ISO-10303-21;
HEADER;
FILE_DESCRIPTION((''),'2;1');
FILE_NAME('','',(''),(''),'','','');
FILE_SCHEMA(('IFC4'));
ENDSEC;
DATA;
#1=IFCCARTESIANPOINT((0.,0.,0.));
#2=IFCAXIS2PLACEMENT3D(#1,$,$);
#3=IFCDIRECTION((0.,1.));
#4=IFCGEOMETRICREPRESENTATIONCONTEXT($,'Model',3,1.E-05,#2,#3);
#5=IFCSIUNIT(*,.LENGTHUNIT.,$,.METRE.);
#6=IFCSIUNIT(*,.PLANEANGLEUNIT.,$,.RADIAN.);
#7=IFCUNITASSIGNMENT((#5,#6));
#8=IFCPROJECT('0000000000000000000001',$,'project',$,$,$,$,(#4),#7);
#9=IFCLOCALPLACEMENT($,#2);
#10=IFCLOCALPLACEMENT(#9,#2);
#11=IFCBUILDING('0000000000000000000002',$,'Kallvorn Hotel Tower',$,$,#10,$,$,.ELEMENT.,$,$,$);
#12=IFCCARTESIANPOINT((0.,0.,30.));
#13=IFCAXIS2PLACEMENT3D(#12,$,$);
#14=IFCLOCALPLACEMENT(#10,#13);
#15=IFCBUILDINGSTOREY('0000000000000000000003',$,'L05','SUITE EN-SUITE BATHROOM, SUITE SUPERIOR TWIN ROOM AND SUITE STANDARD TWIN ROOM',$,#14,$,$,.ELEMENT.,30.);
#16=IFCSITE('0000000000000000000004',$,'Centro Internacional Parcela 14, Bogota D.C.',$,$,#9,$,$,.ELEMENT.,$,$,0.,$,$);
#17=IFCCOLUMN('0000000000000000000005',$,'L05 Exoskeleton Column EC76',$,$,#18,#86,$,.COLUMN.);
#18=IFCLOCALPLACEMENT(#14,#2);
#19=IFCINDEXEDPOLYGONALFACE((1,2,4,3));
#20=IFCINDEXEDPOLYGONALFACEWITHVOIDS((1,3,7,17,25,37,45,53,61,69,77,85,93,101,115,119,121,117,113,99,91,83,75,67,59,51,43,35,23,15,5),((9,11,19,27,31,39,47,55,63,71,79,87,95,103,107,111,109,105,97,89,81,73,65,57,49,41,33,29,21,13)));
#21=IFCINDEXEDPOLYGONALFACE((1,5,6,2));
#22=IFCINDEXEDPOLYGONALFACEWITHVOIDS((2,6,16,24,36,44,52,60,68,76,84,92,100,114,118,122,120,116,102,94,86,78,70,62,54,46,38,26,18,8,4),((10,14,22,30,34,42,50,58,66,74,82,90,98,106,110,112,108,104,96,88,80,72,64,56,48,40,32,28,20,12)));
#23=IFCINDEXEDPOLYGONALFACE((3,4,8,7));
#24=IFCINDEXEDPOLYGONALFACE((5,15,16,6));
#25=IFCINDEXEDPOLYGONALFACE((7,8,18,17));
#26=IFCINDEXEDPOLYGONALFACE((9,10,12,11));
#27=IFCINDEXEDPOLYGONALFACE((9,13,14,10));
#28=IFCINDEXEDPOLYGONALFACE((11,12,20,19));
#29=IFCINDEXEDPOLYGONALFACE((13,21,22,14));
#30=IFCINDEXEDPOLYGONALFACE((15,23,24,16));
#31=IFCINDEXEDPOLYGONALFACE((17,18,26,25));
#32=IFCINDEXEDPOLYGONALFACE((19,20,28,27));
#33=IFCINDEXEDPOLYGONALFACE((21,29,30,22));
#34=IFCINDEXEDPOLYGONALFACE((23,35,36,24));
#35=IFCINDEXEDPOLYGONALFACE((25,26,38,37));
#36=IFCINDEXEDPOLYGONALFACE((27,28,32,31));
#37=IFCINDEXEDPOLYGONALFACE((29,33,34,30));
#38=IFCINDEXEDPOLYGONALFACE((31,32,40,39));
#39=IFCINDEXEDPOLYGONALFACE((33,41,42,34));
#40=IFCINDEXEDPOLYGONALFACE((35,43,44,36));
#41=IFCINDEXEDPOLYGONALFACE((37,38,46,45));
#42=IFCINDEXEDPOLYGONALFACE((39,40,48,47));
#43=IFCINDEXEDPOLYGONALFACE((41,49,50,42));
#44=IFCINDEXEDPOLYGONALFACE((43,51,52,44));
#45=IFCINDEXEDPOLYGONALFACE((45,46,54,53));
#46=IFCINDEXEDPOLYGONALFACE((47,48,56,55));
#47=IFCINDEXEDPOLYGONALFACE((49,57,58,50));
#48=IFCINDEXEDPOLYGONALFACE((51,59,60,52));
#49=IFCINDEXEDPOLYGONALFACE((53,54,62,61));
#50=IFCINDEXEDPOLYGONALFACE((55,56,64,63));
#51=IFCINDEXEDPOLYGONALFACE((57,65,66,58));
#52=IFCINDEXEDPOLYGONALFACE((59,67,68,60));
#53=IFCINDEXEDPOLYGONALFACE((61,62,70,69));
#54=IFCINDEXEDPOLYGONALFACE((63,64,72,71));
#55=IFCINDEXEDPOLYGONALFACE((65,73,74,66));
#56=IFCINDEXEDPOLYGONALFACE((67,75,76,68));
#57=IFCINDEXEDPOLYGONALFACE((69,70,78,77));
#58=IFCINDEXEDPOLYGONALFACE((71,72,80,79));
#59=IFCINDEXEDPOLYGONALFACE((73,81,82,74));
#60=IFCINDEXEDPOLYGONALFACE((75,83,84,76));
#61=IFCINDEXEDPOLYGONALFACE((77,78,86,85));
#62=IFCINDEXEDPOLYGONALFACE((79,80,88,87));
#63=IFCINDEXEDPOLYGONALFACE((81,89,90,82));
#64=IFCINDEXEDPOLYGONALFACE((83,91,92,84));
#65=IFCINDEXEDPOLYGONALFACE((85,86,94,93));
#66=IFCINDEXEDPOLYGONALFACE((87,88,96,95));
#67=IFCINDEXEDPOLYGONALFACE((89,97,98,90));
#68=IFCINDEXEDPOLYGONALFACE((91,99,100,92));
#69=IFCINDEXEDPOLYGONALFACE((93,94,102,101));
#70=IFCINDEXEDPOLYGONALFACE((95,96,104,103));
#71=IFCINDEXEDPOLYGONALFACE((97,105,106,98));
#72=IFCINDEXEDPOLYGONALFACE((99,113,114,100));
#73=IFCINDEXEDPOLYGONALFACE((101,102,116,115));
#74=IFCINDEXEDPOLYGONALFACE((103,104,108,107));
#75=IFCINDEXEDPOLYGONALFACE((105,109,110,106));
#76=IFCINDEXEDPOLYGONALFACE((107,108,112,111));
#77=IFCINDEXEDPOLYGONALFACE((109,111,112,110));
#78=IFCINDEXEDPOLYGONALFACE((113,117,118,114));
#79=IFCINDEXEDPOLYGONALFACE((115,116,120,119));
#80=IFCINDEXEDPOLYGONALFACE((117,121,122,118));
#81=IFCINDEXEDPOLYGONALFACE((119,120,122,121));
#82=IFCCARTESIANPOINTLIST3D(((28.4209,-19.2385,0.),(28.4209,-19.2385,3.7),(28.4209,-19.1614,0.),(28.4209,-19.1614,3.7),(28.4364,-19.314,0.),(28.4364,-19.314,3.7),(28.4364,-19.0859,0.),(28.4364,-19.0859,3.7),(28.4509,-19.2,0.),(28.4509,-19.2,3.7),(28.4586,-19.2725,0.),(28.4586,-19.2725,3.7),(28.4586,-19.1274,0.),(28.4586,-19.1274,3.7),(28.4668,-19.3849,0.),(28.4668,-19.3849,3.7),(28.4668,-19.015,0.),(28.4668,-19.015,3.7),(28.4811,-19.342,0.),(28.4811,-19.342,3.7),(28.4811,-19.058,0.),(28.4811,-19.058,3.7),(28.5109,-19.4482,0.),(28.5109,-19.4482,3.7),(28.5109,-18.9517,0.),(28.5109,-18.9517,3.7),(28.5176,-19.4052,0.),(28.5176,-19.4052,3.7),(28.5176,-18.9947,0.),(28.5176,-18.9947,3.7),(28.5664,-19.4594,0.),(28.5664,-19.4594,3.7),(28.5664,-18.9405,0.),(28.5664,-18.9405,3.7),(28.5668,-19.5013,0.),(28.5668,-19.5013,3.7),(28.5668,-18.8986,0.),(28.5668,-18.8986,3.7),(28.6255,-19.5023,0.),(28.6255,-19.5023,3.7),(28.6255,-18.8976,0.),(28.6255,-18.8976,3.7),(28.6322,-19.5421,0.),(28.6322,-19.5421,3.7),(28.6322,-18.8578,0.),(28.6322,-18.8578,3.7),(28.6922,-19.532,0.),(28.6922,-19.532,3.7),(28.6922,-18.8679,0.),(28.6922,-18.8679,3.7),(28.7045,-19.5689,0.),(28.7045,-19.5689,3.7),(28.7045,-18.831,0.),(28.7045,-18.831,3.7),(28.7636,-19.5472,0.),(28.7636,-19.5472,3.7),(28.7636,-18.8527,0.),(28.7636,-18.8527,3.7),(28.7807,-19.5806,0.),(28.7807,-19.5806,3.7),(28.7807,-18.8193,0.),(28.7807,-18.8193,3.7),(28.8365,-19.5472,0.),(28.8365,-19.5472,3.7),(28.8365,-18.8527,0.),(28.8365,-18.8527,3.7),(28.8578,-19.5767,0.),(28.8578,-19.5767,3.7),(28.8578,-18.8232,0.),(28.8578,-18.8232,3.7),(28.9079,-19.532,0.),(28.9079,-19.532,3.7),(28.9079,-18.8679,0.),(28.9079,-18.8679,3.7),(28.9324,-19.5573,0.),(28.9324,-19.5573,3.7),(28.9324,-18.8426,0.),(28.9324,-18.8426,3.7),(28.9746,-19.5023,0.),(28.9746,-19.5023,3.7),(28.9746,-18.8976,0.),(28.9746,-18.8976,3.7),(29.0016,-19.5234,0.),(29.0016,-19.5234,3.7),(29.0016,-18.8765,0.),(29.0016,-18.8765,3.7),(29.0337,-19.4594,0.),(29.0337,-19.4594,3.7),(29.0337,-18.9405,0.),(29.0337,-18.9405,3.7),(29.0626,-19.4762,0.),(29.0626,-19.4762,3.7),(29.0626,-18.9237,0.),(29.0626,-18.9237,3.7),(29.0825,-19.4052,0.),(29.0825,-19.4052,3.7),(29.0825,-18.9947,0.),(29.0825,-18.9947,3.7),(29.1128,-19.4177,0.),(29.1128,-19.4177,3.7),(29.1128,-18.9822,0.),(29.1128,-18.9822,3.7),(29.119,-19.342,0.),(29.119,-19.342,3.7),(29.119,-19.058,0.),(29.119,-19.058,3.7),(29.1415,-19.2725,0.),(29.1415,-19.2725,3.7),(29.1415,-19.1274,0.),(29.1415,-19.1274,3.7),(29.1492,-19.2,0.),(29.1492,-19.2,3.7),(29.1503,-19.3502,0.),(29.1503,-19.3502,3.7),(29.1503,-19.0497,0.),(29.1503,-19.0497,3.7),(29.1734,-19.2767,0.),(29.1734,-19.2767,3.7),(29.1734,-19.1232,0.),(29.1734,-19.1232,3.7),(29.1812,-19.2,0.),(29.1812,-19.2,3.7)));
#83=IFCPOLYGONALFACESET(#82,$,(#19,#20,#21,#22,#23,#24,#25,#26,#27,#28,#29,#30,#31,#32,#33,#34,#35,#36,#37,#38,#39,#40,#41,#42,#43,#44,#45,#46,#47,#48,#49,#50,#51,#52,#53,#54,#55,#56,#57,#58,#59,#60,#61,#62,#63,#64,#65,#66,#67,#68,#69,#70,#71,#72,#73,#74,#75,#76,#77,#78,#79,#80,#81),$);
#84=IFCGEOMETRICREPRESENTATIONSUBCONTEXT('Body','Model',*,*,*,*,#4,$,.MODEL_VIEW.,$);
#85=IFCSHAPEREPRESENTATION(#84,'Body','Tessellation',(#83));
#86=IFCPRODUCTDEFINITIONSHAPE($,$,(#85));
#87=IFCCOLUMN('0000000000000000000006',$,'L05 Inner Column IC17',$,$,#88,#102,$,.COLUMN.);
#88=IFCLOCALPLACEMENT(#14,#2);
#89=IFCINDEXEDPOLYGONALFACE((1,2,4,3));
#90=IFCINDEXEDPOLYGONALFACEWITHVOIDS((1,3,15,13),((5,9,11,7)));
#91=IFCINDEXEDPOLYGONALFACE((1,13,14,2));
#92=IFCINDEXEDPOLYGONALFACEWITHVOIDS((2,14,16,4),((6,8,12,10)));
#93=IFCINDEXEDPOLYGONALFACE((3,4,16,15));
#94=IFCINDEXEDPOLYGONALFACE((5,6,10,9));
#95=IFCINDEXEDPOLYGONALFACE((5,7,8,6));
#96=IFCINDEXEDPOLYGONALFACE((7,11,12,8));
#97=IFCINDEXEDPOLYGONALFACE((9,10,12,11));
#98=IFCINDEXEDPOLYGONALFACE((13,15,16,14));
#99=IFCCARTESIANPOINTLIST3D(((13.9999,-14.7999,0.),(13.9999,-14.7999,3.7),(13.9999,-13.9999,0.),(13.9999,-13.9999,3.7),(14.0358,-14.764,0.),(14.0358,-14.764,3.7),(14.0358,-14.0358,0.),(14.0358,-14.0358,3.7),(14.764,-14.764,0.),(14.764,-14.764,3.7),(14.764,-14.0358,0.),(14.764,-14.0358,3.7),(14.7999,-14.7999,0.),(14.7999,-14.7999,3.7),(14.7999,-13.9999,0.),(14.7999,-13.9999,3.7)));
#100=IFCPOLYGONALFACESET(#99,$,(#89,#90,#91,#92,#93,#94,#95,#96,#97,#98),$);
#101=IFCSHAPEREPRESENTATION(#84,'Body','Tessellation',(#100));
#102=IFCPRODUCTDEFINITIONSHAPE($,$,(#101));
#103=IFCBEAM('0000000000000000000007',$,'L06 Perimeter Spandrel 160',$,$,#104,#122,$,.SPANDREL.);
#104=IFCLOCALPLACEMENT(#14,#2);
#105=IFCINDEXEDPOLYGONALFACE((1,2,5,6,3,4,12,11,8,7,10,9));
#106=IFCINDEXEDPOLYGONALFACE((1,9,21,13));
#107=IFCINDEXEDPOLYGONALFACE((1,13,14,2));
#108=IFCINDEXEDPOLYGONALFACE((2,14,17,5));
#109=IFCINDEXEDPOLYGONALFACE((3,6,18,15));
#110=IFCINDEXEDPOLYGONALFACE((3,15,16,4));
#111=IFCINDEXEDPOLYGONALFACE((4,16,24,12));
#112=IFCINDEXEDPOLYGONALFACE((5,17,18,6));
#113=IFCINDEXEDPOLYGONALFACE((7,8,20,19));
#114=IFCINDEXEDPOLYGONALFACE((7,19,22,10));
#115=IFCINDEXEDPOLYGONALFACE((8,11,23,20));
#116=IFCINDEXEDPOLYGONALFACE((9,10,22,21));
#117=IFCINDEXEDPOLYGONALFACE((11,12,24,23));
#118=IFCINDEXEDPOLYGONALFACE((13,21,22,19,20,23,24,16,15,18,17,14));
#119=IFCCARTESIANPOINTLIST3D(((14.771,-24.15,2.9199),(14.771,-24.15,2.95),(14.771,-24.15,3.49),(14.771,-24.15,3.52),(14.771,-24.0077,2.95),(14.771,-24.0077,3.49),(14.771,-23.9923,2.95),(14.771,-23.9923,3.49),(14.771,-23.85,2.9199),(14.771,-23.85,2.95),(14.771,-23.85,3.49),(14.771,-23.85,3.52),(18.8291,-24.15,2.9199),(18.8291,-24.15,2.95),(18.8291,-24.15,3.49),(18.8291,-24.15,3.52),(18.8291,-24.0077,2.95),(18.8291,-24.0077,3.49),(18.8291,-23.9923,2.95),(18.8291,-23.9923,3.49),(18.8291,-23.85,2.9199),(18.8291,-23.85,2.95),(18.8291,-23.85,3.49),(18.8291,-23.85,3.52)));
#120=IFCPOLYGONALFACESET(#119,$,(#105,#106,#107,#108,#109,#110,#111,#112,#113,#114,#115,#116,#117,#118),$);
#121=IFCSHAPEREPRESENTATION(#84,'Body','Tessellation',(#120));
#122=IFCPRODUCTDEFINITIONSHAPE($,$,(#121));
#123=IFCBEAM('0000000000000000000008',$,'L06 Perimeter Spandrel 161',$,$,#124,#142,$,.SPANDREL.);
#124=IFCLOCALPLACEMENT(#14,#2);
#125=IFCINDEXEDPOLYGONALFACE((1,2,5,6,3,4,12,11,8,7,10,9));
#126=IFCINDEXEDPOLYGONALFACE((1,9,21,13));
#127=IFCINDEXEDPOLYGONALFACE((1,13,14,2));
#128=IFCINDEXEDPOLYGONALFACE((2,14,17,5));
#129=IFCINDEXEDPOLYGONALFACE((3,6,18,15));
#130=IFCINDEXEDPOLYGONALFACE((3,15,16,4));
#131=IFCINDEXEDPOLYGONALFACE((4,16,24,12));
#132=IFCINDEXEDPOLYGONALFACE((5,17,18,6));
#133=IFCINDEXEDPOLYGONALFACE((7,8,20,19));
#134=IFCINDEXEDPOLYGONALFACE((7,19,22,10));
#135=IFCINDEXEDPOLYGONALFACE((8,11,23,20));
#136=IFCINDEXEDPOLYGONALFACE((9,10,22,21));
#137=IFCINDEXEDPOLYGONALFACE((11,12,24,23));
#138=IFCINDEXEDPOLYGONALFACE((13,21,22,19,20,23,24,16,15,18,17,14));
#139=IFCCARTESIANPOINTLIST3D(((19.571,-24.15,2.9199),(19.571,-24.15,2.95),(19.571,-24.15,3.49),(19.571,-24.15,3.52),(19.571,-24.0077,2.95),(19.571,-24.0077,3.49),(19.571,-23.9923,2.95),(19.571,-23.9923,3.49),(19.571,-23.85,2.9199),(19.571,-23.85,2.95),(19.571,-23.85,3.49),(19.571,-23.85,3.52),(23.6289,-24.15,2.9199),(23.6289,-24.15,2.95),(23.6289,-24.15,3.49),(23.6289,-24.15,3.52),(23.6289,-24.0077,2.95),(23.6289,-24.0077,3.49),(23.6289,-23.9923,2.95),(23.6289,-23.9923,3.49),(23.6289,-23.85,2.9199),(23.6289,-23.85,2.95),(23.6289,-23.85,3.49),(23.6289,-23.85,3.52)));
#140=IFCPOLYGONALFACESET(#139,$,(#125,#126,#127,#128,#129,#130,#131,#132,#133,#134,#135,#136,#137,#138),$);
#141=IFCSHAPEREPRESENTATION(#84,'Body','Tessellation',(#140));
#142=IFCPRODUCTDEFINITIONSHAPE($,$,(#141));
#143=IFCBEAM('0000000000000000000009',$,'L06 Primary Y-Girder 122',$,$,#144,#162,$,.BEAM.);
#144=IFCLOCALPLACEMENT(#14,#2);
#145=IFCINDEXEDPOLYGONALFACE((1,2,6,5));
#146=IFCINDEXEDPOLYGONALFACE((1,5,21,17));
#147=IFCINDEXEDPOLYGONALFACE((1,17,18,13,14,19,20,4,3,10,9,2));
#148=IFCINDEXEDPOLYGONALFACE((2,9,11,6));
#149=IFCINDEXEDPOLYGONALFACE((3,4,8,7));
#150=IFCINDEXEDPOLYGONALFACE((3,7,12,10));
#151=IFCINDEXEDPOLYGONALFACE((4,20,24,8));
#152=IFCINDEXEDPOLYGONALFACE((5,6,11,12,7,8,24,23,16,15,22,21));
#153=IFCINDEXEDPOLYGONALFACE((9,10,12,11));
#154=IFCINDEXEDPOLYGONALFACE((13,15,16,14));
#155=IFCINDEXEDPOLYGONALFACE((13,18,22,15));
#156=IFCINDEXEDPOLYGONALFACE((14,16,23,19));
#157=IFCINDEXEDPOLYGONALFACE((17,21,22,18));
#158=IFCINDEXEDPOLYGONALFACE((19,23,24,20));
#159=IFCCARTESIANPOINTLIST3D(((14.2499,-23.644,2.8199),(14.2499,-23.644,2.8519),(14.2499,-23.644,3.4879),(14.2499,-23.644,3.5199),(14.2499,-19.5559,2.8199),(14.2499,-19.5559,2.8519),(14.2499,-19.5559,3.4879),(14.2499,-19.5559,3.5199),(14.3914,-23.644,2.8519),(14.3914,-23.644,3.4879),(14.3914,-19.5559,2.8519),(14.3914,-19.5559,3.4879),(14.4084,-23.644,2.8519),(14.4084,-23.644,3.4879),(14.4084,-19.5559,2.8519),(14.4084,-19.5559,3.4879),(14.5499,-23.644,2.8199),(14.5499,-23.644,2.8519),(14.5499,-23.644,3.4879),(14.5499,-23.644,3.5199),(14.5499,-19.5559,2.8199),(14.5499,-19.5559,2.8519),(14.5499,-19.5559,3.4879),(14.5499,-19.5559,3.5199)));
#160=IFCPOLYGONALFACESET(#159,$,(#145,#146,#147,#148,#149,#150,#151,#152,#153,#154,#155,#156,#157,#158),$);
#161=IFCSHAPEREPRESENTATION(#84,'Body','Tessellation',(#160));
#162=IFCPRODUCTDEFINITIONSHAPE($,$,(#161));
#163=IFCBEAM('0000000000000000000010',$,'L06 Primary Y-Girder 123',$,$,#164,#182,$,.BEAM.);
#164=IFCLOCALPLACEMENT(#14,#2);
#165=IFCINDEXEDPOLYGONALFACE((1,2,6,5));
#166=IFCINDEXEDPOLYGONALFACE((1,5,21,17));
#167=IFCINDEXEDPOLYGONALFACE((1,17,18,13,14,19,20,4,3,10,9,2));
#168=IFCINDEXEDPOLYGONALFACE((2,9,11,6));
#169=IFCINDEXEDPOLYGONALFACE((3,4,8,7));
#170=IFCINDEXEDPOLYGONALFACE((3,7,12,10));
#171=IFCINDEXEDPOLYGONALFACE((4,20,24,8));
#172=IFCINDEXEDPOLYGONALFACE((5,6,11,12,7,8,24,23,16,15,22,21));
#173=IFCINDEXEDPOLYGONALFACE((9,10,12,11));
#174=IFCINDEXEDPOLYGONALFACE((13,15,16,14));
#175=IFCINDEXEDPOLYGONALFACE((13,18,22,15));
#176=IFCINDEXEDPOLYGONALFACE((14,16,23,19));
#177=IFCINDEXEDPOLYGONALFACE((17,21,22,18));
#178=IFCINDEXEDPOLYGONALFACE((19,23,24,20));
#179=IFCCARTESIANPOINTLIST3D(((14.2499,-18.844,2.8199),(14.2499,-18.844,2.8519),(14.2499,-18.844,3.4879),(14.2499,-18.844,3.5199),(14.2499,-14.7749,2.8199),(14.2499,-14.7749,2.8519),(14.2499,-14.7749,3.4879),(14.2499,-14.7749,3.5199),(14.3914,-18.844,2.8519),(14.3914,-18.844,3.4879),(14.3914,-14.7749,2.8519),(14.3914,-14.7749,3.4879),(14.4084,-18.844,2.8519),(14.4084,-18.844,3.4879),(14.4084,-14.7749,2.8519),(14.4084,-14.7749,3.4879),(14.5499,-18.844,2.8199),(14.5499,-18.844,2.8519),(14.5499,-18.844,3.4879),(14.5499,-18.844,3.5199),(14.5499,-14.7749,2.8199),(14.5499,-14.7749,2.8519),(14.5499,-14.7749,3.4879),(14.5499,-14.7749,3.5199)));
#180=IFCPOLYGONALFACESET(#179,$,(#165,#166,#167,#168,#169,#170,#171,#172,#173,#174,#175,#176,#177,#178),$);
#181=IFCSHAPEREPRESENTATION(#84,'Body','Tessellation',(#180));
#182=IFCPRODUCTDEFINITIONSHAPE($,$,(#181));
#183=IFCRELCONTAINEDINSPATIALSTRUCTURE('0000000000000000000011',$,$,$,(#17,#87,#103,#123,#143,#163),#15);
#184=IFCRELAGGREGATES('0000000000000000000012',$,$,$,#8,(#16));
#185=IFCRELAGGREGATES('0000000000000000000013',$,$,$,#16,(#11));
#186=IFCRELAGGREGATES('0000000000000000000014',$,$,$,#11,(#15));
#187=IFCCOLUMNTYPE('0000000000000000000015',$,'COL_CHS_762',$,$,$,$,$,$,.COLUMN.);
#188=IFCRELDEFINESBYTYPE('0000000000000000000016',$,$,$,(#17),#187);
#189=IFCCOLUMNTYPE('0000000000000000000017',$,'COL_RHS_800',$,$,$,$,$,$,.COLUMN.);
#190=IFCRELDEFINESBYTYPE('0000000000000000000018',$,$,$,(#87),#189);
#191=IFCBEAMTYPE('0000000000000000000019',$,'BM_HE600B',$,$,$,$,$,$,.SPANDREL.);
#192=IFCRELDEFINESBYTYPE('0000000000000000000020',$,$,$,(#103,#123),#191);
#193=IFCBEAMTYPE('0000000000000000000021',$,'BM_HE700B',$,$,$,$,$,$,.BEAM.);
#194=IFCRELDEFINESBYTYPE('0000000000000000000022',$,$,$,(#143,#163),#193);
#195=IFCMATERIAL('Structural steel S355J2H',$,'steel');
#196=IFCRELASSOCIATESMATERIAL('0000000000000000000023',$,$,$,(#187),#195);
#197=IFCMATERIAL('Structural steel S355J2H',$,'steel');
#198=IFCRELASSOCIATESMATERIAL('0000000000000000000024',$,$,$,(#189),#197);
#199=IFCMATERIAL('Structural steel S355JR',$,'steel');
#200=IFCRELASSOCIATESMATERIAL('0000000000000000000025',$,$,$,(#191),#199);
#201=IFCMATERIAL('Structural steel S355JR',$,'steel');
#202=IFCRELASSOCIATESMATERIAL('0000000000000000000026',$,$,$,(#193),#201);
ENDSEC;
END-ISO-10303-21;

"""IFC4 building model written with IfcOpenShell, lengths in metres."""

from ifc_helpers import new_model, si_unit, direction, frame, origin, origin_2d, place, context, subcontext, project, spatial, hollow_rectangle, hollow_circle, i_section, extrude, material, material_profile, profile_set, type_object, element, save


model = new_model("IFC4")

# Units and contexts
model_context = context("Model", 3, precision=1e-05, world=origin(), true_north=direction((0.0, 1.0)))
body_context = subcontext(model_context, "Body", "Model", "MODEL_VIEW")
ifc_project = project(units=[si_unit("LENGTHUNIT", "METRE"), si_unit("PLANEANGLEUNIT", "RADIAN")], contexts=[model_context])

# Site, building, storey
site_placement = place(None, origin())
site = spatial("IfcSite", under=ifc_project, at=site_placement, Name="Centro Internacional Parcela 14, Bogota D.C.", CompositionType="ELEMENT", RefElevation=0.0)
building_placement = place(site_placement, origin())
building = spatial("IfcBuilding", under=site, at=building_placement, Name="Kallvorn Hotel Tower", CompositionType="ELEMENT")
storey_placement = place(building_placement, frame((0.0, 0.0, 30.0)))
storey = spatial("IfcBuildingStorey", under=building, at=storey_placement, Name="L05", Description="SUITE EN-SUITE BATHROOM, SUITE SUPERIOR TWIN ROOM AND SUITE STANDARD TWIN ROOM", CompositionType="ELEMENT", Elevation=30.0)

# Columns
ifc_material_1 = material(Name="Structural steel S355J2H", Category="steel")
ifc_material_profile_1 = material_profile(ifc_material_1, hollow_circle(Radius=0.3811, WallThickness=0.032, at=origin_2d()), Name="CHS 762x32")
ifc_profile_set_1 = profile_set([ifc_material_profile_1], Name="Structural steel S355J2H")
column_type_1 = type_object("IfcColumnType", Name="COL_CHS_762", PredefinedType="COLUMN", material=ifc_profile_set_1)
for number, where, z_axis, x_axis, name in (
    (1, (28.8, -19.2, 0.0), (0.0, 0.0, 1.0), (1.0, 0.0, 0.0), "L05 Exoskeleton Column EC76"),
):
    element("IfcColumn", number, at=place(storey_placement, frame(where, z_axis=z_axis, x_axis=x_axis)), inside=storey, type_object=column_type_1, Name=name, PredefinedType="COLUMN", context=body_context, shape_type="SweptSolid", body=[
        extrude(hollow_circle(Radius=0.3811, WallThickness=0.032, at=origin_2d()), origin(), (0.0, 0.0, 1.0), 3.7),
    ])
ifc_material_2 = material(Name="Structural steel S355J2H", Category="steel")
ifc_material_profile_2 = material_profile(ifc_material_2, hollow_rectangle(XDim=0.8, YDim=0.8, WallThickness=0.0359, at=origin_2d()), Name="RHS 800x800x36")
ifc_profile_set_2 = profile_set([ifc_material_profile_2], Name="Structural steel S355J2H")
column_type_2 = type_object("IfcColumnType", Name="COL_RHS_800", PredefinedType="COLUMN", material=ifc_profile_set_2)
column_placement = place(storey_placement, frame((14.3999, -14.3999, 0.0), z_axis=(0.0, 0.0, 1.0), x_axis=(1.0, 0.0, 0.0)))
element("IfcColumn", 2, at=column_placement, inside=storey, type_object=column_type_2, Name="L05 Inner Column IC17", PredefinedType="COLUMN", context=body_context, shape_type="SweptSolid", body=[
    extrude(hollow_rectangle(XDim=0.8, YDim=0.8, WallThickness=0.0359, at=origin_2d()), origin(), (0.0, 0.0, 1.0), 3.7),
])

# Beams
ifc_material_3 = material(Name="Structural steel S355JR", Category="steel")
ifc_material_profile_3 = material_profile(ifc_material_3, i_section(OverallWidth=0.3, OverallDepth=0.6001, WebThickness=0.0154, FlangeThickness=0.03, at=origin_2d()), Name="HE 600 B")
ifc_profile_set_3 = profile_set([ifc_material_profile_3], Name="Structural steel S355JR")
beam_type_1 = type_object("IfcBeamType", Name="BM_HE600B", PredefinedType="SPANDREL", material=ifc_profile_set_3)
beam_1_placement = place(storey_placement, frame((14.771, -24.0, 3.22), z_axis=(1.0, 0.0, 0.0), x_axis=(0.0, 1.0, 0.0)))
element("IfcBeam", 3, at=beam_1_placement, inside=storey, type_object=beam_type_1, Name="L06 Perimeter Spandrel 160", PredefinedType="SPANDREL", context=body_context, shape_type="SweptSolid", body=[
    extrude(i_section(OverallWidth=0.3, OverallDepth=0.6001, WebThickness=0.0154, FlangeThickness=0.03, at=origin_2d()), origin(), (0.0, 0.0, 1.0), 4.0581),
])
beam_2_placement = place(storey_placement, frame((19.571, -24.0, 3.22), z_axis=(1.0, 0.0, 0.0), x_axis=(0.0, 1.0, 0.0)))
element("IfcBeam", 4, at=beam_2_placement, inside=storey, type_object=beam_type_1, Name="L06 Perimeter Spandrel 161", PredefinedType="SPANDREL", context=body_context, shape_type="SweptSolid", body=[
    extrude(i_section(OverallWidth=0.3, OverallDepth=0.6001, WebThickness=0.0154, FlangeThickness=0.03, at=origin_2d()), origin(), (0.0, 0.0, 1.0), 4.0579),
])
ifc_material_4 = material(Name="Structural steel S355JR", Category="steel")
ifc_material_profile_4 = material_profile(ifc_material_4, i_section(OverallWidth=0.3, OverallDepth=0.7, WebThickness=0.0171, FlangeThickness=0.032, at=origin_2d()), Name="HE 700 B")
ifc_profile_set_4 = profile_set([ifc_material_profile_4], Name="Structural steel S355JR")
beam_type_2 = type_object("IfcBeamType", Name="BM_HE700B", PredefinedType="BEAM", material=ifc_profile_set_4)
beam_3_placement = place(storey_placement, frame((14.3999, -23.644, 3.1699), z_axis=(0.0, 1.0, 0.0), x_axis=(-1.0, 0.0, 0.0)))
element("IfcBeam", 5, at=beam_3_placement, inside=storey, type_object=beam_type_2, Name="L06 Primary Y-Girder 122", PredefinedType="BEAM", context=body_context, shape_type="SweptSolid", body=[
    extrude(i_section(OverallWidth=0.3, OverallDepth=0.7, WebThickness=0.0171, FlangeThickness=0.032, at=origin_2d()), origin(), (0.0, 0.0, 1.0), 4.0881),
])
beam_4_placement = place(storey_placement, frame((14.3999, -18.844, 3.1699), z_axis=(0.0, 1.0, 0.0), x_axis=(-1.0, 0.0, 0.0)))
element("IfcBeam", 6, at=beam_4_placement, inside=storey, type_object=beam_type_2, Name="L06 Primary Y-Girder 123", PredefinedType="BEAM", context=body_context, shape_type="SweptSolid", body=[
    extrude(i_section(OverallWidth=0.3, OverallDepth=0.7, WebThickness=0.0171, FlangeThickness=0.032, at=origin_2d()), origin(), (0.0, 0.0, 1.0), 4.0691),
])

save(model, "model.ifc")
